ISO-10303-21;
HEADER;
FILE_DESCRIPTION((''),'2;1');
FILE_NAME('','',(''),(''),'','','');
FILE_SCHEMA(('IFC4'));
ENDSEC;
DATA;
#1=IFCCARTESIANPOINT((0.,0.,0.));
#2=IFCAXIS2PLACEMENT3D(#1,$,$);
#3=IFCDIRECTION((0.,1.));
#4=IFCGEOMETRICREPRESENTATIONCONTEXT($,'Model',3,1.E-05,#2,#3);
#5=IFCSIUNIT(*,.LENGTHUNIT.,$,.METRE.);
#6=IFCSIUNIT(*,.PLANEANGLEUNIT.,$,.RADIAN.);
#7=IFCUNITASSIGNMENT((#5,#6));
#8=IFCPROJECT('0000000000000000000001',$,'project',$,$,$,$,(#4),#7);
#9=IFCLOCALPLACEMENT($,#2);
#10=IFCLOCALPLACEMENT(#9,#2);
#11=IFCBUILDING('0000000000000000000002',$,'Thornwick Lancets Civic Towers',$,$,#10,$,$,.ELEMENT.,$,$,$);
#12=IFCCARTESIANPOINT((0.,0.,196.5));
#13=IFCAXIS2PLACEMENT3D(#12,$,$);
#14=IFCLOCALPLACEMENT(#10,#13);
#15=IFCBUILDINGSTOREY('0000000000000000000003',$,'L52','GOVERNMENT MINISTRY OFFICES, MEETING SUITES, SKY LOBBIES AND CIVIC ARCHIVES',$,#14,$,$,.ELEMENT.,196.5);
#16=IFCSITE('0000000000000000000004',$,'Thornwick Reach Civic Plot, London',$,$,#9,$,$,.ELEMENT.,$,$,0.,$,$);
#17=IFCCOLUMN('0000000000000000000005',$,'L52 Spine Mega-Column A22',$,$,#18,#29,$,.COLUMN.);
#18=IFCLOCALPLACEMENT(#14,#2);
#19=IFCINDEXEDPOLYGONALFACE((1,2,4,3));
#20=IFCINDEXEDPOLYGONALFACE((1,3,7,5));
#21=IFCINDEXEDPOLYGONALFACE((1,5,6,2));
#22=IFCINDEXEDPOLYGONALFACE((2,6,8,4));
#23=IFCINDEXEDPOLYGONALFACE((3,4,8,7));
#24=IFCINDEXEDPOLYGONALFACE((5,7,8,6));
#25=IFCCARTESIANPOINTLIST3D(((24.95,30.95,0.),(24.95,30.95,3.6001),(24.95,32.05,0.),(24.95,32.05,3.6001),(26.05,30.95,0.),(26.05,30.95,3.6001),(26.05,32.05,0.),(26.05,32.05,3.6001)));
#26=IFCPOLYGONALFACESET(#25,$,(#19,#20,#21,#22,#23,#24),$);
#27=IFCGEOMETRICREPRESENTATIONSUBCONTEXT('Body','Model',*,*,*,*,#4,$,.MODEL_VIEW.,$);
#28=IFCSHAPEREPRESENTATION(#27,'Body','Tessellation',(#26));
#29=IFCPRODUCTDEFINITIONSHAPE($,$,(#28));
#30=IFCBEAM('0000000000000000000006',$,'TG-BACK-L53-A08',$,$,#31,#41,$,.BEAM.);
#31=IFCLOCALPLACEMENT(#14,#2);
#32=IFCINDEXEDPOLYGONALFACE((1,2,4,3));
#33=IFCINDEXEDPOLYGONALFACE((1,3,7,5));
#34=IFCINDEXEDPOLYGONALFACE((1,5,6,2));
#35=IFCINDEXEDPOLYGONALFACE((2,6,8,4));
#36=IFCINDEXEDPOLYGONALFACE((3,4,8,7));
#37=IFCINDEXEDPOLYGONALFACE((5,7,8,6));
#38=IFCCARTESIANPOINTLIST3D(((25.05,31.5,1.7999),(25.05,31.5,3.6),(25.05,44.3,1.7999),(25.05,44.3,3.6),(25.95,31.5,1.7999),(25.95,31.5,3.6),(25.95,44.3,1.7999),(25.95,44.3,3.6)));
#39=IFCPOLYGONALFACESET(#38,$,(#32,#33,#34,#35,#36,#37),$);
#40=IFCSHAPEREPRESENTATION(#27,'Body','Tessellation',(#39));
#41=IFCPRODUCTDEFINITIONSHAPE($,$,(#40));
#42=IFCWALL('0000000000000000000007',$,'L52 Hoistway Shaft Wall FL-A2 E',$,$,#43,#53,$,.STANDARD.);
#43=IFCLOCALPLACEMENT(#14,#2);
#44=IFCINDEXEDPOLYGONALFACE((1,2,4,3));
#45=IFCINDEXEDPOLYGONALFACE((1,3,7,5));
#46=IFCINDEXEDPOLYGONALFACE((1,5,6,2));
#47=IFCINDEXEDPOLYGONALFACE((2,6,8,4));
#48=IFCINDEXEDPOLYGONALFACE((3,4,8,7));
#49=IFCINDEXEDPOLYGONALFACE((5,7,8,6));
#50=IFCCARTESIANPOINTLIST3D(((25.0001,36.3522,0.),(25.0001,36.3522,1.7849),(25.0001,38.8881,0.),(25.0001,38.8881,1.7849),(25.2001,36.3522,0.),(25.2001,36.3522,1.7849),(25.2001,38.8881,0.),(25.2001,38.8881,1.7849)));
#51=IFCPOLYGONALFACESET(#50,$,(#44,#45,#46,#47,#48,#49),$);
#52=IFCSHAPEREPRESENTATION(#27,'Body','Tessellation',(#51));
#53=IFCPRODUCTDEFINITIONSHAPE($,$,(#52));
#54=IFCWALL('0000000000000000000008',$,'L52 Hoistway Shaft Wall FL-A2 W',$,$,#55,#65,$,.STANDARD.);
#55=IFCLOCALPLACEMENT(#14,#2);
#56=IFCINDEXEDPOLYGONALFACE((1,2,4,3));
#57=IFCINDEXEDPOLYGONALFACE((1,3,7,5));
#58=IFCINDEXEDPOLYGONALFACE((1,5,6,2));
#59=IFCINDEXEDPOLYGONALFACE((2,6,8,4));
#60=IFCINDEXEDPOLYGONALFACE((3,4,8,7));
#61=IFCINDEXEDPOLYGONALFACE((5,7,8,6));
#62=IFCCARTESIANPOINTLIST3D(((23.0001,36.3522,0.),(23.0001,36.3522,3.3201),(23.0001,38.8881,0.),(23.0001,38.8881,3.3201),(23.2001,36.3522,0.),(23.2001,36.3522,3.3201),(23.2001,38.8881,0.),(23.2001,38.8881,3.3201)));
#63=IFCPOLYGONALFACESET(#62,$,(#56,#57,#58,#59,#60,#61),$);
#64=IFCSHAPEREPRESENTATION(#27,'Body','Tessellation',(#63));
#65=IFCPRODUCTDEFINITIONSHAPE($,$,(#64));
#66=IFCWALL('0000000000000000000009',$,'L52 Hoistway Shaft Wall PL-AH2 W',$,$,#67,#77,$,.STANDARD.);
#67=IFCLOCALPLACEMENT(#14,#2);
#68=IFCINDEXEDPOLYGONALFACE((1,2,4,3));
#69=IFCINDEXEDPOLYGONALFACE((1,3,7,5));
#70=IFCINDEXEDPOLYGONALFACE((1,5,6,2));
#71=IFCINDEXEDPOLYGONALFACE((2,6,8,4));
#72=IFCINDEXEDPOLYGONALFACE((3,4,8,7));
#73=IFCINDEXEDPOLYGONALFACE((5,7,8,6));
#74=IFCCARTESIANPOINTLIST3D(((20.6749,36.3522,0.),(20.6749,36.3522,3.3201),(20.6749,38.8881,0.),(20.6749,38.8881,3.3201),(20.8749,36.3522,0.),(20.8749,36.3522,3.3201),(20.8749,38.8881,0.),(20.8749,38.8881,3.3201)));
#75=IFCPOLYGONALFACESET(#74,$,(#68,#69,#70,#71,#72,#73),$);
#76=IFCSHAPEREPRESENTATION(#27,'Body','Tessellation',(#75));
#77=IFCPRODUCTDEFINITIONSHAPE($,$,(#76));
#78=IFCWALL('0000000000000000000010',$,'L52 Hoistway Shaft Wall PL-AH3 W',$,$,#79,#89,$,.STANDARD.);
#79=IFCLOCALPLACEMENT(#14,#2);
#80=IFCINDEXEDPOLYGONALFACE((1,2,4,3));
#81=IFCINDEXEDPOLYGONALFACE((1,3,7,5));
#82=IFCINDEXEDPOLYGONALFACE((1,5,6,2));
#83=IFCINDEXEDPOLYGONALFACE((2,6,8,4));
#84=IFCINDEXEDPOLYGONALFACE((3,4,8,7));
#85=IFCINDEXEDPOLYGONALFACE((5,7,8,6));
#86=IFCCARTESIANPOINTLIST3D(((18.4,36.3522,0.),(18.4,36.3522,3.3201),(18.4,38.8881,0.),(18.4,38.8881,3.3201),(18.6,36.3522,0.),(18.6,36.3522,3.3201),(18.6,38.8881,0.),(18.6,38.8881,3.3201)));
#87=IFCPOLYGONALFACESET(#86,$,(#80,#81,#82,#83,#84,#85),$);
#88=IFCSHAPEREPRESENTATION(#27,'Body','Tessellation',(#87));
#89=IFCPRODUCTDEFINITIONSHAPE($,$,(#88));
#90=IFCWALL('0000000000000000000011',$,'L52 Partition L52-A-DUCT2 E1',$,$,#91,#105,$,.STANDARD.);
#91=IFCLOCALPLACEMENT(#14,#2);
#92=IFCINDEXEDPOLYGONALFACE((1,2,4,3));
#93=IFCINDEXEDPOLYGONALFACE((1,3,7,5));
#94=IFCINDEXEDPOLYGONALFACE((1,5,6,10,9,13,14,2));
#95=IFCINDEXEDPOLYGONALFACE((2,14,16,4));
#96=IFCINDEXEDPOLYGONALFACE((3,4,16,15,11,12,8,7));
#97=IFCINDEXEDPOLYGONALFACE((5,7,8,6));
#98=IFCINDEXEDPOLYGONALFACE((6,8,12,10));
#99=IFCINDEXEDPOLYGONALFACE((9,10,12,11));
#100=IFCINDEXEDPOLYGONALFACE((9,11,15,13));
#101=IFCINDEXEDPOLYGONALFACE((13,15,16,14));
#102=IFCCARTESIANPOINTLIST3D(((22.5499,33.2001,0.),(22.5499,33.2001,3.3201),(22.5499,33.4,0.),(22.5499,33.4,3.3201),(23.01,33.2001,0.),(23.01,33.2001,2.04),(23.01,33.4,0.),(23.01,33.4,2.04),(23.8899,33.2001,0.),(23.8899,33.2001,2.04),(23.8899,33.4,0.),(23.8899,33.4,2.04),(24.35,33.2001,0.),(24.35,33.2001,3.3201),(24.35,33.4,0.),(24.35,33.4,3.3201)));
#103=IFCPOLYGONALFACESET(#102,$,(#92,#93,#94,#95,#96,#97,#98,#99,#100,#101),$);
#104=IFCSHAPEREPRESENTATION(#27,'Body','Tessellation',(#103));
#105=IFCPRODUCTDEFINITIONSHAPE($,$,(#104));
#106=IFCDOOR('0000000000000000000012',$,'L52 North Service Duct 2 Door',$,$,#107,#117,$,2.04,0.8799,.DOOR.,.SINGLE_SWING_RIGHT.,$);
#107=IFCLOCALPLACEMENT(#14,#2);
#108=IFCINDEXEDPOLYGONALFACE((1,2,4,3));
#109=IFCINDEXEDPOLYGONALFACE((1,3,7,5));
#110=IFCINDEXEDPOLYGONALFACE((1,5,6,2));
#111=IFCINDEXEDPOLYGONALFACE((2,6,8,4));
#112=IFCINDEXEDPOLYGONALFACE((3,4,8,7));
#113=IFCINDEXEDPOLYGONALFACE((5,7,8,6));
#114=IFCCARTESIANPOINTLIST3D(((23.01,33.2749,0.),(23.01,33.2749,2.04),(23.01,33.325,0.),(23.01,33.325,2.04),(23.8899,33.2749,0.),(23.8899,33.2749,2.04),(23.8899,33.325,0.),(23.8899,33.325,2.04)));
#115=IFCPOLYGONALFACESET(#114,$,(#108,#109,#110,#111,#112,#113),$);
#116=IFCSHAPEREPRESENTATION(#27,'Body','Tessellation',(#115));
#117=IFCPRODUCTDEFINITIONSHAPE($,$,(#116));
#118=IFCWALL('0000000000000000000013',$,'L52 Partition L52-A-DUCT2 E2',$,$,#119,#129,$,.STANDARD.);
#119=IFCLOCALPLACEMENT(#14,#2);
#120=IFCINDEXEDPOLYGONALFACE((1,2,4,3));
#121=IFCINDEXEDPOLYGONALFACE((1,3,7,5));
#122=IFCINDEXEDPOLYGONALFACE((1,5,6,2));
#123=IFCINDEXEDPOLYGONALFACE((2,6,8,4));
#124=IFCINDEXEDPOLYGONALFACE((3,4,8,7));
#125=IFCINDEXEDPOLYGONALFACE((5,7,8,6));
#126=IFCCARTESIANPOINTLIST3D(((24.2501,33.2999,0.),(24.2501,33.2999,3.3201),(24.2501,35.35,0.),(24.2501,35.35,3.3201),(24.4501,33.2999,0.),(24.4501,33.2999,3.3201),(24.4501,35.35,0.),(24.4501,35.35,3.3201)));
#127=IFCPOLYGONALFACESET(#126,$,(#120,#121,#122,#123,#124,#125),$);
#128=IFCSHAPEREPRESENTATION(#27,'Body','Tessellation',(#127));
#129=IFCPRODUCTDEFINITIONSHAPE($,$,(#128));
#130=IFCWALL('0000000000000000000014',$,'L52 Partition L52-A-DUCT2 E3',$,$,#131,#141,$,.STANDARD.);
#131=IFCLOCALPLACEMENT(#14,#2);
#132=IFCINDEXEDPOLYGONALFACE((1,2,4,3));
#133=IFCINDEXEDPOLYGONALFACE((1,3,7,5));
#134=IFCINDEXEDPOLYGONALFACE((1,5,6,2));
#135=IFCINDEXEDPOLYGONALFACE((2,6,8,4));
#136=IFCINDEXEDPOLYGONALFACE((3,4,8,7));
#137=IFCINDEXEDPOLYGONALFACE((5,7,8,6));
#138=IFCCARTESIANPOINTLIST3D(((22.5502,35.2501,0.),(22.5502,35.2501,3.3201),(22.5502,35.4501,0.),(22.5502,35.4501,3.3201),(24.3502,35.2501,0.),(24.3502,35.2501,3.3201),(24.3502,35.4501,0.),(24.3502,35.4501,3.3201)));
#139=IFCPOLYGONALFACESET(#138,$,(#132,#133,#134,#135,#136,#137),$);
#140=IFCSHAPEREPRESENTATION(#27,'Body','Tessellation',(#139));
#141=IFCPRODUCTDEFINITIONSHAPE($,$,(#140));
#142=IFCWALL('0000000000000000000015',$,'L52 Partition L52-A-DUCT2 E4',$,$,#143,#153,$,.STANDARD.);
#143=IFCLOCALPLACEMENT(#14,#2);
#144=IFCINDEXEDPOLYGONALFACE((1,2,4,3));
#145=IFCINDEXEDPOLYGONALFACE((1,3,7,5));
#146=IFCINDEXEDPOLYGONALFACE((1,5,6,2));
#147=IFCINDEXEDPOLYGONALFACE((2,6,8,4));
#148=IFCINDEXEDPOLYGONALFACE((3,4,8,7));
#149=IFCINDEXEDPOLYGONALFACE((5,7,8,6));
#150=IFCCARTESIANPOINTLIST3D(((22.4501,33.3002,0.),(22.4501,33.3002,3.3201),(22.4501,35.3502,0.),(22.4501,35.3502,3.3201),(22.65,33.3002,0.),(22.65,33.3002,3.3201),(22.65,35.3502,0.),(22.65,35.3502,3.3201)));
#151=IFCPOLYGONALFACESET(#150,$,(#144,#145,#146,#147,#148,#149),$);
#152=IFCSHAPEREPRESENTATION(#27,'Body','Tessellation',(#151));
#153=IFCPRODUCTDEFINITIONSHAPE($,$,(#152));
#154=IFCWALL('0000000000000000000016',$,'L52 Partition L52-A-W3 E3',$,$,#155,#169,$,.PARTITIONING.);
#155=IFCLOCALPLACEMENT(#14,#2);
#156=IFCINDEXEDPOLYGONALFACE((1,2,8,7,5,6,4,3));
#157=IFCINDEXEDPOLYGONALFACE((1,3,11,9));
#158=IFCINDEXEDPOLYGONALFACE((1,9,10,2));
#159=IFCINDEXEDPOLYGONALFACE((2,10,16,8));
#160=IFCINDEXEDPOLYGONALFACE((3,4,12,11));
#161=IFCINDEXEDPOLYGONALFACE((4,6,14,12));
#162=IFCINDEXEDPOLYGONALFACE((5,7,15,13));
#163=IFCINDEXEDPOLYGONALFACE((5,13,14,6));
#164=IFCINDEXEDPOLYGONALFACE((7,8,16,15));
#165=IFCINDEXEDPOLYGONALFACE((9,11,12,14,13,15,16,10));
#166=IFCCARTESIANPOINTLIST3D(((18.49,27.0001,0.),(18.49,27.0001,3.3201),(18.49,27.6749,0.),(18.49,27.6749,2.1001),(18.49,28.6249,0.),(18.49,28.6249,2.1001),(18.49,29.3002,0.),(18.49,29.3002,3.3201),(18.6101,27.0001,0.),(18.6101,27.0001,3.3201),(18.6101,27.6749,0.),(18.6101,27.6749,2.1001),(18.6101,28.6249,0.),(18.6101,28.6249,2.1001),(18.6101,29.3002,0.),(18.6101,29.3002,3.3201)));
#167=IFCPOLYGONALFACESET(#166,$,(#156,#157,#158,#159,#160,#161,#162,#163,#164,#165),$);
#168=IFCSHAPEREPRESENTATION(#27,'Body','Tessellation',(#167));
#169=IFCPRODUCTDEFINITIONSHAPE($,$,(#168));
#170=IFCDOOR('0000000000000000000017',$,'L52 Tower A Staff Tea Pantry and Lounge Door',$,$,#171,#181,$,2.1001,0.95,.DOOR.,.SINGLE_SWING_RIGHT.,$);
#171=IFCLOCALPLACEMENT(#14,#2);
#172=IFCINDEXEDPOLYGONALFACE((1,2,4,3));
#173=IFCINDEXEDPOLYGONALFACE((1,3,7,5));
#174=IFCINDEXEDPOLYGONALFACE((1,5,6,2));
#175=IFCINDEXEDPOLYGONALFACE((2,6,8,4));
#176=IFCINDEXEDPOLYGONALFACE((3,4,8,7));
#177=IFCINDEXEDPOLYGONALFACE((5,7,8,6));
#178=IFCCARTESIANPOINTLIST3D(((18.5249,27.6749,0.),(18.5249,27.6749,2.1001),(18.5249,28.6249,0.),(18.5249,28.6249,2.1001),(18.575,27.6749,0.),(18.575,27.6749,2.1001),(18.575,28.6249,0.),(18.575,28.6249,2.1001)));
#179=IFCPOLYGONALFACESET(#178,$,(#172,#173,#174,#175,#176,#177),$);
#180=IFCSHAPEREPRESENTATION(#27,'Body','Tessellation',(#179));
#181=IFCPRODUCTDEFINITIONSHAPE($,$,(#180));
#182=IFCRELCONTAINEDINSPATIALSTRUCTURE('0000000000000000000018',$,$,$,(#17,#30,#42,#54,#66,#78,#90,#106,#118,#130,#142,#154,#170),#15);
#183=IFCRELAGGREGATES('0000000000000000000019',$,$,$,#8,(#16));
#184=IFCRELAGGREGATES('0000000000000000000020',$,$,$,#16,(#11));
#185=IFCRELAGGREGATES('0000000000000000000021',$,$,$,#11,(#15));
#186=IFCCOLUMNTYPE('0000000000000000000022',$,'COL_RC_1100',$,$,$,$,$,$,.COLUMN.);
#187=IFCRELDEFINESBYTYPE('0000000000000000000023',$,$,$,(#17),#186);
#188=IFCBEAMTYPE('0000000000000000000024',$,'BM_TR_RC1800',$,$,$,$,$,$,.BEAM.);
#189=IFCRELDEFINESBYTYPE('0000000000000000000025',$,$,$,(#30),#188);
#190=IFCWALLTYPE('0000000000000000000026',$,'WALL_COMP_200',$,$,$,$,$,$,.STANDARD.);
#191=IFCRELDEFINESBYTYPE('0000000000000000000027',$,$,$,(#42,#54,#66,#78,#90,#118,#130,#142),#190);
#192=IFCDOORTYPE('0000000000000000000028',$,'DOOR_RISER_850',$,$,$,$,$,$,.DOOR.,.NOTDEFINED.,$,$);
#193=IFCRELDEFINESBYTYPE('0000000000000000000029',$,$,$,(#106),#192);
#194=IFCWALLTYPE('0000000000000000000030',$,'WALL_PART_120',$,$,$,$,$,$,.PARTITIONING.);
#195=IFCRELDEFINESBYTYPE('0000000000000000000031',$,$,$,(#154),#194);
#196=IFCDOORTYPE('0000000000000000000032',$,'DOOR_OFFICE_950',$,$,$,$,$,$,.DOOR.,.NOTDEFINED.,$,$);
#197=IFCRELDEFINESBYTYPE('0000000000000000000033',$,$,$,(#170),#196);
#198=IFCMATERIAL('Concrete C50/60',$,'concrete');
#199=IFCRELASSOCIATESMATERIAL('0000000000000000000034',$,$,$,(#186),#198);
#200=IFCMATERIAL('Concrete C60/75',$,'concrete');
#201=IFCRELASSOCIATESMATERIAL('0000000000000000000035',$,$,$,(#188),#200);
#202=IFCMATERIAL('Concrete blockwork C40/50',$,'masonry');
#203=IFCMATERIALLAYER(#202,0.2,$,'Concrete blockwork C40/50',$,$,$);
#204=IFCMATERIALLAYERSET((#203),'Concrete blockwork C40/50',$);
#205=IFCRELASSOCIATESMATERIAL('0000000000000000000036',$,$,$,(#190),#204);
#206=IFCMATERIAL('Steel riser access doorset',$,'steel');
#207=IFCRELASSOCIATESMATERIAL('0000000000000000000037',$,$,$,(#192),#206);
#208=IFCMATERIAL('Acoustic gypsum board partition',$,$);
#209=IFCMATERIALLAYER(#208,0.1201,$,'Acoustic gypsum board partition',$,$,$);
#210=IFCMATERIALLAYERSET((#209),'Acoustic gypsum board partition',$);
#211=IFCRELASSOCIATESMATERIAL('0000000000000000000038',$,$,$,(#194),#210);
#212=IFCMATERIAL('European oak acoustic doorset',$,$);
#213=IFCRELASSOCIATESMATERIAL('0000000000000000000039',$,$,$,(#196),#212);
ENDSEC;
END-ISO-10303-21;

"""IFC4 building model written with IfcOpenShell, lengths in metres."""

from ifc_helpers import new_model, si_unit, direction, frame, frame_2d, origin, origin_2d, place, context, subcontext, project, spatial, rectangle, extrude, material, layer, layer_set, material_profile, profile_set, type_object, element, fill, save


model = new_model("IFC4")

# Units and contexts
model_context = context("Model", 3, precision=1e-05, world=origin(), true_north=direction((0.0, 1.0)))
body_context = subcontext(model_context, "Body", "Model", "MODEL_VIEW")
ifc_project = project(units=[si_unit("LENGTHUNIT", "METRE"), si_unit("PLANEANGLEUNIT", "RADIAN")], contexts=[model_context])

# Site, building, storey
site_placement = place(None, origin())
site = spatial("IfcSite", under=ifc_project, at=site_placement, Name="Thornwick Reach Civic Plot, London", CompositionType="ELEMENT", RefElevation=0.0)
building_placement = place(site_placement, origin())
building = spatial("IfcBuilding", under=site, at=building_placement, Name="Thornwick Lancets Civic Towers", CompositionType="ELEMENT")
storey_placement = place(building_placement, frame((0.0, 0.0, 196.5)))
storey = spatial("IfcBuildingStorey", under=building, at=storey_placement, Name="L52", Description="GOVERNMENT MINISTRY OFFICES, MEETING SUITES, SKY LOBBIES AND CIVIC ARCHIVES", CompositionType="ELEMENT", Elevation=196.5)

# Column
ifc_material_1 = material(Name="Concrete C50/60", Category="concrete")
ifc_material_profile_1 = material_profile(ifc_material_1, rectangle(XDim=1.1001, YDim=1.1001, at=origin_2d()), Name="RC 1100x1100")
ifc_profile_set_1 = profile_set([ifc_material_profile_1], Name="Concrete C50/60")
column_type = type_object("IfcColumnType", Name="COL_RC_1100", PredefinedType="COLUMN", material=ifc_profile_set_1)
column_placement = place(storey_placement, frame((25.5, 31.5, 0.0), z_axis=(0.0, 0.0, 1.0), x_axis=(1.0, 0.0, 0.0)))
element("IfcColumn", 1, at=column_placement, inside=storey, type_object=column_type, Name="L52 Spine Mega-Column A22", PredefinedType="COLUMN", context=body_context, shape_type="SweptSolid", body=[
    extrude(rectangle(XDim=1.1001, YDim=1.1001, at=origin_2d()), origin(), (0.0, 0.0, 1.0), 3.6001),
])

# Beam
ifc_material_2 = material(Name="Concrete C60/75", Category="concrete")
ifc_material_profile_2 = material_profile(ifc_material_2, rectangle(XDim=0.8999, YDim=1.8, at=origin_2d()), Name="RC 900x1800")
ifc_profile_set_2 = profile_set([ifc_material_profile_2], Name="Concrete C60/75")
beam_type = type_object("IfcBeamType", Name="BM_TR_RC1800", PredefinedType="BEAM", material=ifc_profile_set_2)
beam_placement = place(storey_placement, frame((25.5, 31.5, 2.7), z_axis=(0.0, 1.0, 0.0), x_axis=(-1.0, 0.0, 0.0)))
element("IfcBeam", 2, at=beam_placement, inside=storey, type_object=beam_type, Name="TG-BACK-L53-A08", PredefinedType="BEAM", context=body_context, shape_type="SweptSolid", body=[
    extrude(rectangle(XDim=0.8999, YDim=1.8, at=origin_2d()), origin(), (0.0, 0.0, 1.0), 12.8),
])

# Walls
ifc_material_3 = material(Name="Concrete blockwork C40/50", Category="masonry")
ifc_layer_1 = layer(ifc_material_3, 0.2, Name="Concrete blockwork C40/50")
ifc_layer_set_1 = layer_set([ifc_layer_1], Name="Concrete blockwork C40/50")
wall_type_1 = type_object("IfcWallType", Name="WALL_COMP_200", PredefinedType="STANDARD", material=ifc_layer_set_1)
wall_1_placement = place(storey_placement, frame((25.1001, 36.3521, 0.0), z_axis=(0.0, 0.0, 1.0), x_axis=(0.0, 1.0, 0.0)))
element("IfcWall", 3, at=wall_1_placement, inside=storey, type_object=wall_type_1, Name="L52 Hoistway Shaft Wall FL-A2 E", PredefinedType="STANDARD", context=body_context, shape_type="SweptSolid", body=[
    extrude(rectangle(XDim=2.5359, YDim=0.2, at=frame_2d((1.2681, 0.0))), origin(), (0.0, 0.0, 1.0), 1.7849),
])
for number, where, z_axis, x_axis, name in (
    (4, (23.1001, 36.3521, 0.0), (0.0, 0.0, 1.0), (0.0, 1.0, 0.0), "L52 Hoistway Shaft Wall FL-A2 W"),
    (5, (20.7749, 36.3521, 0.0), (0.0, 0.0, 1.0), (0.0, 1.0, 0.0), "L52 Hoistway Shaft Wall PL-AH2 W"),
    (6, (18.5, 36.3521, 0.0), (0.0, 0.0, 1.0), (0.0, 1.0, 0.0), "L52 Hoistway Shaft Wall PL-AH3 W"),
):
    element("IfcWall", number, at=place(storey_placement, frame(where, z_axis=z_axis, x_axis=x_axis)), inside=storey, type_object=wall_type_1, Name=name, PredefinedType="STANDARD", context=body_context, shape_type="SweptSolid", body=[
        extrude(rectangle(XDim=2.5359, YDim=0.2, at=frame_2d((1.2681, 0.0))), origin(), (0.0, 0.0, 1.0), 3.3201),
    ])

# Wall, opening, door
wall_2_placement = place(storey_placement, frame((22.55, 33.3, 0.0), z_axis=(0.0, 0.0, 1.0), x_axis=(1.0, 0.0, 0.0)))
wall_2 = element("IfcWall", 7, at=wall_2_placement, inside=storey, type_object=wall_type_1, Name="L52 Partition L52-A-DUCT2 E1", PredefinedType="STANDARD", context=body_context, shape_type="SweptSolid", body=[
    extrude(rectangle(XDim=1.8, YDim=0.2, at=frame_2d((0.8999, 0.0))), origin(), (0.0, 0.0, 1.0), 3.3201),
])
opening_1_placement = place(wall_2_placement, frame((0.46, 0.0, 0.0)))
opening_1 = element("IfcOpeningElement", 8, at=opening_1_placement, cuts=wall_2, PredefinedType="OPENING", context=body_context, shape_type="SweptSolid", body=[
    extrude(rectangle(XDim=0.8799, YDim=2.04, at=frame_2d((0.4399, 1.02))), frame((0.0, 0.1099, 0.0), z_axis=(0.0, -1.0, 0.0), x_axis=(1.0, 0.0, 0.0)), (0.0, 0.0, 1.0), 0.22),
])
ifc_material_4 = material(Name="Steel riser access doorset", Category="steel")
door_type_1 = type_object("IfcDoorType", Name="DOOR_RISER_850", OperationType="NOTDEFINED", PredefinedType="DOOR", material=ifc_material_4)
door_1_placement = place(opening_1_placement, origin())
door_1 = element("IfcDoor", 9, at=door_1_placement, inside=storey, type_object=door_type_1, Name="L52 North Service Duct 2 Door", OperationType="SINGLE_SWING_RIGHT", OverallHeight=2.04, OverallWidth=0.8799, PredefinedType="DOOR", context=body_context, shape_type="SweptSolid", body=[
    extrude(rectangle(XDim=0.8799, YDim=2.04, at=frame_2d((0.4399, 1.02))), frame((0.0, 0.0249, 0.0), z_axis=(0.0, -1.0, 0.0), x_axis=(1.0, 0.0, 0.0)), (0.0, 0.0, 1.0), 0.05),
])
fill(opening_1, door_1)

# Walls
wall_3_placement = place(storey_placement, frame((24.3501, 33.3, 0.0), z_axis=(0.0, 0.0, 1.0), x_axis=(0.0, 1.0, 0.0)))
element("IfcWall", 10, at=wall_3_placement, inside=storey, type_object=wall_type_1, Name="L52 Partition L52-A-DUCT2 E2", PredefinedType="STANDARD", context=body_context, shape_type="SweptSolid", body=[
    extrude(rectangle(XDim=2.05, YDim=0.2, at=frame_2d((1.0249, 0.0))), origin(), (0.0, 0.0, 1.0), 3.3201),
])
wall_4_placement = place(storey_placement, frame((24.3501, 35.3501, 0.0), z_axis=(0.0, 0.0, 1.0), x_axis=(-1.0, 0.0, 0.0)))
element("IfcWall", 11, at=wall_4_placement, inside=storey, type_object=wall_type_1, Name="L52 Partition L52-A-DUCT2 E3", PredefinedType="STANDARD", context=body_context, shape_type="SweptSolid", body=[
    extrude(rectangle(XDim=1.8, YDim=0.2, at=frame_2d((0.8999, 0.0))), origin(), (0.0, 0.0, 1.0), 3.3201),
])
wall_5_placement = place(storey_placement, frame((22.55, 35.3501, 0.0), z_axis=(0.0, 0.0, 1.0), x_axis=(0.0, -1.0, 0.0)))
element("IfcWall", 12, at=wall_5_placement, inside=storey, type_object=wall_type_1, Name="L52 Partition L52-A-DUCT2 E4", PredefinedType="STANDARD", context=body_context, shape_type="SweptSolid", body=[
    extrude(rectangle(XDim=2.05, YDim=0.2, at=frame_2d((1.0249, 0.0))), origin(), (0.0, 0.0, 1.0), 3.3201),
])

# Wall, opening, door
ifc_material_5 = material(Name="Acoustic gypsum board partition")
ifc_layer_2 = layer(ifc_material_5, 0.1201, Name="Acoustic gypsum board partition")
ifc_layer_set_2 = layer_set([ifc_layer_2], Name="Acoustic gypsum board partition")
wall_type_2 = type_object("IfcWallType", Name="WALL_PART_120", PredefinedType="PARTITIONING", material=ifc_layer_set_2)
wall_6_placement = place(storey_placement, frame((18.55, 29.3, 0.0), z_axis=(0.0, 0.0, 1.0), x_axis=(0.0, -1.0, 0.0)))
wall_6 = element("IfcWall", 13, at=wall_6_placement, inside=storey, type_object=wall_type_2, Name="L52 Partition L52-A-W3 E3", PredefinedType="PARTITIONING", context=body_context, shape_type="SweptSolid", body=[
    extrude(rectangle(XDim=2.3, YDim=0.1201, at=frame_2d((1.1499, 0.0))), origin(), (0.0, 0.0, 1.0), 3.3201),
])
opening_2_placement = place(wall_6_placement, frame((0.675, 0.0, 0.0)))
opening_2 = element("IfcOpeningElement", 14, at=opening_2_placement, cuts=wall_6, PredefinedType="OPENING", context=body_context, shape_type="SweptSolid", body=[
    extrude(rectangle(XDim=0.95, YDim=2.1001, at=frame_2d((0.4751, 1.05))), frame((0.0, 0.0701, 0.0), z_axis=(0.0, -1.0, 0.0), x_axis=(1.0, 0.0, 0.0)), (0.0, 0.0, 1.0), 0.1401),
])
ifc_material_6 = material(Name="European oak acoustic doorset")
door_type_2 = type_object("IfcDoorType", Name="DOOR_OFFICE_950", OperationType="NOTDEFINED", PredefinedType="DOOR", material=ifc_material_6)
door_2_placement = place(opening_2_placement, origin())
door_2 = element("IfcDoor", 15, at=door_2_placement, inside=storey, type_object=door_type_2, Name="L52 Tower A Staff Tea Pantry and Lounge Door", OperationType="SINGLE_SWING_RIGHT", OverallHeight=2.1001, OverallWidth=0.95, PredefinedType="DOOR", context=body_context, shape_type="SweptSolid", body=[
    extrude(rectangle(XDim=0.95, YDim=2.1001, at=frame_2d((0.4751, 1.05))), frame((0.0, 0.0249, 0.0), z_axis=(0.0, -1.0, 0.0), x_axis=(1.0, 0.0, 0.0)), (0.0, 0.0, 1.0), 0.05),
])
fill(opening_2, door_2)

save(model, "model.ifc")
